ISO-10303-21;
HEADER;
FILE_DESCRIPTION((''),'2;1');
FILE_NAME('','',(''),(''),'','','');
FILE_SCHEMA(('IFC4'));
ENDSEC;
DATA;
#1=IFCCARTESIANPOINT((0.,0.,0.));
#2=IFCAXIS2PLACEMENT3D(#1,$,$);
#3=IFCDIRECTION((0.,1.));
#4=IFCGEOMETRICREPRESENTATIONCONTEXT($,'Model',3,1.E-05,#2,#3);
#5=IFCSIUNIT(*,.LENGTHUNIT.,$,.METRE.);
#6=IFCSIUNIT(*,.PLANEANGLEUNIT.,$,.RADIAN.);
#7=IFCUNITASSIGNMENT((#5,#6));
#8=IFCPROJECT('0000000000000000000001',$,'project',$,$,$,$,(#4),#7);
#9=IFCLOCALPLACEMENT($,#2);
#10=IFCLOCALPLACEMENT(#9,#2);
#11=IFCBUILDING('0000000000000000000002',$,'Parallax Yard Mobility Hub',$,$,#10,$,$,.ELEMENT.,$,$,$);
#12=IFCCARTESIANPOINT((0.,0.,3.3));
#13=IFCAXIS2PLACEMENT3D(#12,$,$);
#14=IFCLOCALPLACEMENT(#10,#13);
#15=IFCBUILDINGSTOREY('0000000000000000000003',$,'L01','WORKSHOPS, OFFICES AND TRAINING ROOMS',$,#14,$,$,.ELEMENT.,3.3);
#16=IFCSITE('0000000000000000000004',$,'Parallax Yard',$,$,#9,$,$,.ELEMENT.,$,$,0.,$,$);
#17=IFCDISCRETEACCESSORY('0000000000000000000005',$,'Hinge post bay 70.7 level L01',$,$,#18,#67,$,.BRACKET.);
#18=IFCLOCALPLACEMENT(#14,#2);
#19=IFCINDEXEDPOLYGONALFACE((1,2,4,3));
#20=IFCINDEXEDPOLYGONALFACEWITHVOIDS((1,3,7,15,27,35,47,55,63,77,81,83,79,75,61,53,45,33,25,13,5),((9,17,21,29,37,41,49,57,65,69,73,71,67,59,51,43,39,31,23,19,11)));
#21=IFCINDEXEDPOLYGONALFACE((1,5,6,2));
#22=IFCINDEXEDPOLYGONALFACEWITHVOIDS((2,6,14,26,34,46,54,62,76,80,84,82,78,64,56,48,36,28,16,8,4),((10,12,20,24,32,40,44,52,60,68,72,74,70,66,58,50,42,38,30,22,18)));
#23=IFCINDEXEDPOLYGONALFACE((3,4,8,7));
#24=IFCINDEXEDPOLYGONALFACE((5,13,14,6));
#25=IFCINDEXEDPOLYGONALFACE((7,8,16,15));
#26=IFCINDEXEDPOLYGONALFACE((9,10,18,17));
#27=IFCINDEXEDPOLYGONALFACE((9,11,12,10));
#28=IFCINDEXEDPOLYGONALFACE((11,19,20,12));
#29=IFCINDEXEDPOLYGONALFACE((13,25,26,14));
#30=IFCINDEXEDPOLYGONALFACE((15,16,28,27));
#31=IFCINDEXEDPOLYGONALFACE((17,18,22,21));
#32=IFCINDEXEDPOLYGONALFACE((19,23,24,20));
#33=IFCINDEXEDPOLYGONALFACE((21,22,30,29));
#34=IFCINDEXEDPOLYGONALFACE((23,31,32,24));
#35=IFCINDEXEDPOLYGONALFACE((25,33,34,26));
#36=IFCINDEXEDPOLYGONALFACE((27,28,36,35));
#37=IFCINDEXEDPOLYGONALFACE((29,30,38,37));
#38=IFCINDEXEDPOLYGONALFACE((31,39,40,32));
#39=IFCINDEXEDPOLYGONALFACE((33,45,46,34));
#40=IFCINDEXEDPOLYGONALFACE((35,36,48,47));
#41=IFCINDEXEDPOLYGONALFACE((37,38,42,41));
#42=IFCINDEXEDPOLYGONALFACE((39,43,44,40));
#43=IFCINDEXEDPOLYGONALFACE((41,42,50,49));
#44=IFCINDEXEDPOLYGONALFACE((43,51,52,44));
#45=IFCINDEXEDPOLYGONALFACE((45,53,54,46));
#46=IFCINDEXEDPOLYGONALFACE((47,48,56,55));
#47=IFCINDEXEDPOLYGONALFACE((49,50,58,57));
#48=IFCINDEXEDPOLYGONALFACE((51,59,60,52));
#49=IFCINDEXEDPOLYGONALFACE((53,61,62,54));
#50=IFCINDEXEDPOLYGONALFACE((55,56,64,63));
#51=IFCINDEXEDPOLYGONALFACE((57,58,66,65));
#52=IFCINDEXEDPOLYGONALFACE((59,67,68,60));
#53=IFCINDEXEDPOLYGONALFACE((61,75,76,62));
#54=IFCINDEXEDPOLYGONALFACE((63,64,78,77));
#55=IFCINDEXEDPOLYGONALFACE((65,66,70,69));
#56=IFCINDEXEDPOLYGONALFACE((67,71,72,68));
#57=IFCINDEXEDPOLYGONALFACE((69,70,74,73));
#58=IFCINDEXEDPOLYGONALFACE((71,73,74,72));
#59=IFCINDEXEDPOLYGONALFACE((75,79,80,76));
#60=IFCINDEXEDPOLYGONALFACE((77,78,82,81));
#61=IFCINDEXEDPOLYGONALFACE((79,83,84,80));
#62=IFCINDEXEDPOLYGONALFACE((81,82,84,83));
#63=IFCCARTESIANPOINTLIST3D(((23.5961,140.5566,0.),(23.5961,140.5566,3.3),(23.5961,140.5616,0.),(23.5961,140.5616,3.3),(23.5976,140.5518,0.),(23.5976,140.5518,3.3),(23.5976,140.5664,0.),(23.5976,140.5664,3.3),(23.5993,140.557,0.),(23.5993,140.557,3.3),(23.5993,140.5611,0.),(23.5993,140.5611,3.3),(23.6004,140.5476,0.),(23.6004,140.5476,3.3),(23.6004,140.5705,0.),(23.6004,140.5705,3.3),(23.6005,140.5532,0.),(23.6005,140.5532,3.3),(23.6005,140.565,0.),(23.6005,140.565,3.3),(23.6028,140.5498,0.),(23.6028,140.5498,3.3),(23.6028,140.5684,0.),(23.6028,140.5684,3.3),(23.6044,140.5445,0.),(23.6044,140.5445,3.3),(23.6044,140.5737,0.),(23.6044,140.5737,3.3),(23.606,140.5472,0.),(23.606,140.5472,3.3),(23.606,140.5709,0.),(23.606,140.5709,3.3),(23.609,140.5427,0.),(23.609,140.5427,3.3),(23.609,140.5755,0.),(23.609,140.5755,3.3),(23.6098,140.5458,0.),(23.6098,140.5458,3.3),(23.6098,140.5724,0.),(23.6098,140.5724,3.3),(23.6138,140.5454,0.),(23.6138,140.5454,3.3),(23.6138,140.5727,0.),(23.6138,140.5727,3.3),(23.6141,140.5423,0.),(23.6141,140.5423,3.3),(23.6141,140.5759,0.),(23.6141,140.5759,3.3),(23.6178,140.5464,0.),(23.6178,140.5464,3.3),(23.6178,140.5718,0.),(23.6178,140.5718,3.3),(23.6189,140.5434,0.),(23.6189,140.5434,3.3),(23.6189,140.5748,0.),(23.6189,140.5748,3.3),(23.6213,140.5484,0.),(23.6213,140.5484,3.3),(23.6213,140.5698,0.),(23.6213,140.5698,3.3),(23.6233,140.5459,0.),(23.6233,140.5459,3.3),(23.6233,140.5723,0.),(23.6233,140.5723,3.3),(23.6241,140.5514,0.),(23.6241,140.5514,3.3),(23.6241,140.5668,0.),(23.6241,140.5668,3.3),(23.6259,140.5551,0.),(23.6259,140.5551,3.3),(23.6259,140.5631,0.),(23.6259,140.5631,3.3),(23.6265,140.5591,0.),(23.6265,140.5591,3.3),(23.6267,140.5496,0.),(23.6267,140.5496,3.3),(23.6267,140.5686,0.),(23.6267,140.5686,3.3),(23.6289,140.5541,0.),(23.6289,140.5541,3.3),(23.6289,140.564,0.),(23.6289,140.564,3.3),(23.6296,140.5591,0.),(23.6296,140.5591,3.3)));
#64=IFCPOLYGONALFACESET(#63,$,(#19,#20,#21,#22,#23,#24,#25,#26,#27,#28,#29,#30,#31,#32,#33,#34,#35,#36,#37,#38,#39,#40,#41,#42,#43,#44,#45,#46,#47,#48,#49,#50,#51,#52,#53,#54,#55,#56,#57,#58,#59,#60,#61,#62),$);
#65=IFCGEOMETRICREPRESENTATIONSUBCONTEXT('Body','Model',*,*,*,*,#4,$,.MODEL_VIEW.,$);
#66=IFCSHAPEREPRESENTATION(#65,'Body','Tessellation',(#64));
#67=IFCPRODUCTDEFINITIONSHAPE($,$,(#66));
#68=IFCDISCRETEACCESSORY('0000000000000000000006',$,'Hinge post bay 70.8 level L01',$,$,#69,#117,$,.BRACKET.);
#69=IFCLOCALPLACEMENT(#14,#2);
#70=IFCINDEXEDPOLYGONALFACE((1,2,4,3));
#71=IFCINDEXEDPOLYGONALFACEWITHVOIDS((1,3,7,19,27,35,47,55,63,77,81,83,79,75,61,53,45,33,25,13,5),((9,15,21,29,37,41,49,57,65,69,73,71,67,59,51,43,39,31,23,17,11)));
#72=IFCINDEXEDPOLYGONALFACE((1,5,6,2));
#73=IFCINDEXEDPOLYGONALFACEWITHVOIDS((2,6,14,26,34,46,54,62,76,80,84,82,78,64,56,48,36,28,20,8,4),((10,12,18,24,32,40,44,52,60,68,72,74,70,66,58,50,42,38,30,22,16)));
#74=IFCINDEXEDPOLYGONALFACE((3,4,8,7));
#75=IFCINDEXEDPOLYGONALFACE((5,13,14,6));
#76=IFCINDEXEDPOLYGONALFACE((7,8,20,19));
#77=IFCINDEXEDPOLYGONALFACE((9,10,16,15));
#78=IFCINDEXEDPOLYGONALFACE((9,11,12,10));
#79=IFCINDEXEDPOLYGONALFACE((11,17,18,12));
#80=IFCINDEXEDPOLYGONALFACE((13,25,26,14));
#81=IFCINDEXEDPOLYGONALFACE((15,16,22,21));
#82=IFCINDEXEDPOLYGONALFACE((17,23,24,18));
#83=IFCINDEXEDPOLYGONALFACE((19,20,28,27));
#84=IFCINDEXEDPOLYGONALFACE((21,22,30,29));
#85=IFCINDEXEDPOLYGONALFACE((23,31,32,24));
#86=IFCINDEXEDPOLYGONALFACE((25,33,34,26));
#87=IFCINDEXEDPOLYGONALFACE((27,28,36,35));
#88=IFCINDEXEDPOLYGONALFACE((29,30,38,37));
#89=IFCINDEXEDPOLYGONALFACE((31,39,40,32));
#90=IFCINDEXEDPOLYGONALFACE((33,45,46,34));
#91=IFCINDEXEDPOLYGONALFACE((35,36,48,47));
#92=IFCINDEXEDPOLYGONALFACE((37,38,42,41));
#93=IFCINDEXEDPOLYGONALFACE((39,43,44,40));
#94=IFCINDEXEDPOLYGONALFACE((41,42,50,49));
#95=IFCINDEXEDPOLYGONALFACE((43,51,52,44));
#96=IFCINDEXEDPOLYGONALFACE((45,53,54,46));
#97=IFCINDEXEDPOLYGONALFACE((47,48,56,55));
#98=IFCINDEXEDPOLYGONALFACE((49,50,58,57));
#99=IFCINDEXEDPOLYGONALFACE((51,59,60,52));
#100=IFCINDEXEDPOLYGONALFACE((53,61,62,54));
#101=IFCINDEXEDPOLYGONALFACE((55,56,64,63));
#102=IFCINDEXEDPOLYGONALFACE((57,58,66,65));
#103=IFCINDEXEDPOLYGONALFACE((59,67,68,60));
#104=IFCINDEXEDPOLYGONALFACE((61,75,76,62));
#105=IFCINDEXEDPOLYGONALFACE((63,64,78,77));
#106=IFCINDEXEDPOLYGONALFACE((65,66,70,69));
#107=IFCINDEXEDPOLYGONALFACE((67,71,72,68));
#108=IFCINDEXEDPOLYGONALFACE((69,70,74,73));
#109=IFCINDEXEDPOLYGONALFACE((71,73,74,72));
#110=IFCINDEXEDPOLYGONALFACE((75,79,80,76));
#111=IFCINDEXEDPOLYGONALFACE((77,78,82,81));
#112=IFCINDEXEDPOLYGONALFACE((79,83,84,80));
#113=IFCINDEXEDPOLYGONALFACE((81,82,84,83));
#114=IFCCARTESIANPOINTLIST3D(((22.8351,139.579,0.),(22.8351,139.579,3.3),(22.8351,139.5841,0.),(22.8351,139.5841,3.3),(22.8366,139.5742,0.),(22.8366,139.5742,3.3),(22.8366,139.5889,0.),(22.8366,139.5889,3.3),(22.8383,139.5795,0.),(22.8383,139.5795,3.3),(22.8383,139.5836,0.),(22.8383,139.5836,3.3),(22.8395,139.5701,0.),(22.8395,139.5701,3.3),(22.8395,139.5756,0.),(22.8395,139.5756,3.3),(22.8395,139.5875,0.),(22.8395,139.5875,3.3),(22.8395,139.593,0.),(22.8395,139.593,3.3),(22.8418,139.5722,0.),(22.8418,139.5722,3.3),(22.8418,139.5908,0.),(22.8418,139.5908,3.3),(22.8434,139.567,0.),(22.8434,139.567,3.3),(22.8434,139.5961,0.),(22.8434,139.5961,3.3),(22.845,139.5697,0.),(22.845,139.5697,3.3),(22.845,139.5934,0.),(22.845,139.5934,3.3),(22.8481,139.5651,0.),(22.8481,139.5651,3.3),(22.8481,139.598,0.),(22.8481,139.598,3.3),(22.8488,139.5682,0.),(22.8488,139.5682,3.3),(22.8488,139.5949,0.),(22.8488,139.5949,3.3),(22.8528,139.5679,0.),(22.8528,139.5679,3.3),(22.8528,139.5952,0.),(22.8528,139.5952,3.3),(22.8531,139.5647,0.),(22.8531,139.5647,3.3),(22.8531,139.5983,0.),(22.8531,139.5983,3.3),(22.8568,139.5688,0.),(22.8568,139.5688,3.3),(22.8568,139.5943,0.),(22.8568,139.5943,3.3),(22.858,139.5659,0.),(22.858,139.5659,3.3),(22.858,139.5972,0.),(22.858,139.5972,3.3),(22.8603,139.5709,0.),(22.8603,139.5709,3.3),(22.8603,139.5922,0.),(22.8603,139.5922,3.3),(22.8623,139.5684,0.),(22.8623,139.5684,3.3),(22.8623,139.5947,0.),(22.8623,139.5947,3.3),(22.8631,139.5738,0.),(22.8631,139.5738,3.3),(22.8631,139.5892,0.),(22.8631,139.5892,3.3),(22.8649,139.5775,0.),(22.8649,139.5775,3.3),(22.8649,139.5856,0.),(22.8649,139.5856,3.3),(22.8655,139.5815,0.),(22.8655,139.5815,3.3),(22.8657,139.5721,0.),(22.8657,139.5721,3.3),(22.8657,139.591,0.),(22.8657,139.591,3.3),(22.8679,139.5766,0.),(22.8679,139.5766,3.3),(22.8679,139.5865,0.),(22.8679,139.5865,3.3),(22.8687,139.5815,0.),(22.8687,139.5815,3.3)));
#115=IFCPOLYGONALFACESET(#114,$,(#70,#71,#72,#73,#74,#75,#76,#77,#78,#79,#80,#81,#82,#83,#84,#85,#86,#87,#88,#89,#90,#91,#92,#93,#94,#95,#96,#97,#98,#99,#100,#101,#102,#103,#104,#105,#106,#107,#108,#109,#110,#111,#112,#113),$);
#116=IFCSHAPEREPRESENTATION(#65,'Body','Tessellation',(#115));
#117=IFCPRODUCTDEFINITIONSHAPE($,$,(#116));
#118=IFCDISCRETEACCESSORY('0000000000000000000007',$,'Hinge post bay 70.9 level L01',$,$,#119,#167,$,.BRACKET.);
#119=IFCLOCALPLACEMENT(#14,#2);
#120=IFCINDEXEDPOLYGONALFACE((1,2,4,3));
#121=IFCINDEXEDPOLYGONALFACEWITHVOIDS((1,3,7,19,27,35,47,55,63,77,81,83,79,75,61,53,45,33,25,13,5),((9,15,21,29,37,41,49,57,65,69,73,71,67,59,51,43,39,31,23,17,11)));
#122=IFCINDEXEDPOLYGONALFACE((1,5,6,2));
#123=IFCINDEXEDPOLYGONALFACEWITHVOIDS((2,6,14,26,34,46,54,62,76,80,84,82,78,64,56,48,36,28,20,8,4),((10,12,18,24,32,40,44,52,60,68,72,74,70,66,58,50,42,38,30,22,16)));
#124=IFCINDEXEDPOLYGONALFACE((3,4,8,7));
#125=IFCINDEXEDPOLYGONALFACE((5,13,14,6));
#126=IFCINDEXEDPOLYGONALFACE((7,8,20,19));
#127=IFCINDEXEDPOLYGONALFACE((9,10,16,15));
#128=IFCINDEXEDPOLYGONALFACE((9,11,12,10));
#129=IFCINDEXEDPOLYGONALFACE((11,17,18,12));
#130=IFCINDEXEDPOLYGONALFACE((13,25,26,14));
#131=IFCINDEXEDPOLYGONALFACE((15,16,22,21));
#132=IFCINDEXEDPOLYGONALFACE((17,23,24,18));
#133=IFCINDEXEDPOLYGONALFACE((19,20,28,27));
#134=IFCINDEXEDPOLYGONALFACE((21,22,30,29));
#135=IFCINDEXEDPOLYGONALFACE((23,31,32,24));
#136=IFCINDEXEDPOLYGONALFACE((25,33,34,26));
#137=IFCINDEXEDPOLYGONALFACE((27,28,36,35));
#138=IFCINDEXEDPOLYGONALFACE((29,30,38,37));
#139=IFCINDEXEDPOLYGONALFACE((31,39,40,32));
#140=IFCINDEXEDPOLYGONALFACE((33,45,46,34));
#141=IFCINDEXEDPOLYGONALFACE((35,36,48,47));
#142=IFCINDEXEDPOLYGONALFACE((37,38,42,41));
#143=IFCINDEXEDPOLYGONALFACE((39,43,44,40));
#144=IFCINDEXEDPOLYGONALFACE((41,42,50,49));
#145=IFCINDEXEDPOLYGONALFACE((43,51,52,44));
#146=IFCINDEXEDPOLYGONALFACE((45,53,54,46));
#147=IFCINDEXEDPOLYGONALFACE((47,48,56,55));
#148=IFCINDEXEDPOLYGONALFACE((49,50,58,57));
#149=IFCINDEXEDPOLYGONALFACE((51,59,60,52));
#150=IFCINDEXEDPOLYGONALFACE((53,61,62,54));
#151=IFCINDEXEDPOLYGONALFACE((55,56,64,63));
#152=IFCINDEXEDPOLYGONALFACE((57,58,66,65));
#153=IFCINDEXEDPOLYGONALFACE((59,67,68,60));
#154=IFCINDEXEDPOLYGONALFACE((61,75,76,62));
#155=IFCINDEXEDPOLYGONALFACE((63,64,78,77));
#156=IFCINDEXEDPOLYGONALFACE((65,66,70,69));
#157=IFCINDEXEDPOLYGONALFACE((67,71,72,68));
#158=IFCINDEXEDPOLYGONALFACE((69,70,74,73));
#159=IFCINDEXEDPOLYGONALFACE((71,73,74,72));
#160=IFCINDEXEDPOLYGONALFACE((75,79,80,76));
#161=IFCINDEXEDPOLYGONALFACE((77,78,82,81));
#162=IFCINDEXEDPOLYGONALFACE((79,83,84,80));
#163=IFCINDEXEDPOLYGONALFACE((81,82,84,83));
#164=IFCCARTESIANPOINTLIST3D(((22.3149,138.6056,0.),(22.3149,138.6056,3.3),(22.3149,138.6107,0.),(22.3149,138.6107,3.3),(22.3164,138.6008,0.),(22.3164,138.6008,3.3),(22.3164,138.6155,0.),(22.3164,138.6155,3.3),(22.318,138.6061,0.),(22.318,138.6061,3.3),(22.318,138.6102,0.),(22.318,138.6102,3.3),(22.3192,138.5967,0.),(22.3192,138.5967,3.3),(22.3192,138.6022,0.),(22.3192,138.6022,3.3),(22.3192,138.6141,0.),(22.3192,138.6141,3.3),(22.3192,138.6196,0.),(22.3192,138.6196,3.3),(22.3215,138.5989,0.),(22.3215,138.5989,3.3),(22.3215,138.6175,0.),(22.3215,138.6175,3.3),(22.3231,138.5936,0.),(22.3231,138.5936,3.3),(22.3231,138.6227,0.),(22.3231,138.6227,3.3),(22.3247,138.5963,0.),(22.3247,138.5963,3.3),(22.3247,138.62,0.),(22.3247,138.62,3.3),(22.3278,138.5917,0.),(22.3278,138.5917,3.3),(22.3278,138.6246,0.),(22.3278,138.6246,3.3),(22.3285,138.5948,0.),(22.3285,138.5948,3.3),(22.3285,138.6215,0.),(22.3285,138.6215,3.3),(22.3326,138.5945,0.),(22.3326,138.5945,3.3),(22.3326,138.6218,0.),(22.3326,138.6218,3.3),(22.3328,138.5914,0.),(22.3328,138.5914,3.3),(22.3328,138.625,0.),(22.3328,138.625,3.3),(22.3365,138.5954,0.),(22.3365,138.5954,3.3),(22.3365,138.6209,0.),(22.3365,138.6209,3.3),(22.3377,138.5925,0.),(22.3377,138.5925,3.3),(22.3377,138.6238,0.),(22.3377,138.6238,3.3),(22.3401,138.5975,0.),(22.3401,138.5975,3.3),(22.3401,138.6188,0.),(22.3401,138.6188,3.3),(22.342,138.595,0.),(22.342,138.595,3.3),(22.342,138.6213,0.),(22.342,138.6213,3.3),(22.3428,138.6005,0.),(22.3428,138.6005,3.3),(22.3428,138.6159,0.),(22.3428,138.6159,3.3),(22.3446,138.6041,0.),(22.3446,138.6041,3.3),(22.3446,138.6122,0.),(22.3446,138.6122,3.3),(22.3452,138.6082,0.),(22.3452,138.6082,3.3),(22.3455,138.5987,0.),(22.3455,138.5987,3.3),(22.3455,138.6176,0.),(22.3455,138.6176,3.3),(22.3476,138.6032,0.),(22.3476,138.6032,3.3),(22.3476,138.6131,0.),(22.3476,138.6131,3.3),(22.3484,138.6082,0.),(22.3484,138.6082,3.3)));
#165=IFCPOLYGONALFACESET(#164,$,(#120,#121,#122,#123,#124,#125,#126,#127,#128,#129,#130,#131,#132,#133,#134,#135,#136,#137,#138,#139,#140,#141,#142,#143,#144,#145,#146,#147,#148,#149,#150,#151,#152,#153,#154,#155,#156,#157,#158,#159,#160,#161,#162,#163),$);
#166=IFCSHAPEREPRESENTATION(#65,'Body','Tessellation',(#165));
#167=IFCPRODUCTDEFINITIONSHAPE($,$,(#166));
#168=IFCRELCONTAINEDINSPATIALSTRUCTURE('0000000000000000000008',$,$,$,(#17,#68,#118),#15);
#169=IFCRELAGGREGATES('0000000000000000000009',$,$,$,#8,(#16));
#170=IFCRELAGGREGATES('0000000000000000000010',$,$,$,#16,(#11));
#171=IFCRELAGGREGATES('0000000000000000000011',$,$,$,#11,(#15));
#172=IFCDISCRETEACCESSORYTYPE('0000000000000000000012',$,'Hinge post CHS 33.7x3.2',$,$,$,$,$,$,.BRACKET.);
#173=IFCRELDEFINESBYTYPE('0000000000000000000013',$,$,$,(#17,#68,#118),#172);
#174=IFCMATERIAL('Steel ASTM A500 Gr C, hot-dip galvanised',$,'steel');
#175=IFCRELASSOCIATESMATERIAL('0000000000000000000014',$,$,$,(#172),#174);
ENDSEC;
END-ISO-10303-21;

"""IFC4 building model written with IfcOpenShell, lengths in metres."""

from ifc_helpers import new_model, si_unit, direction, frame, origin, origin_2d, place, context, subcontext, project, spatial, hollow_circle, extrude, material, material_profile, profile_set, type_object, element, save


model = new_model("IFC4")

# Units and contexts
model_context = context("Model", 3, precision=1e-05, world=origin(), true_north=direction((0.0, 1.0)))
body_context = subcontext(model_context, "Body", "Model", "MODEL_VIEW")
ifc_project = project(units=[si_unit("LENGTHUNIT", "METRE"), si_unit("PLANEANGLEUNIT", "RADIAN")], contexts=[model_context])

# Site, building, storey
site_placement = place(None, origin())
site = spatial("IfcSite", under=ifc_project, at=site_placement, Name="Parallax Yard", CompositionType="ELEMENT", RefElevation=0.0)
building_placement = place(site_placement, origin())
building = spatial("IfcBuilding", under=site, at=building_placement, Name="Parallax Yard Mobility Hub", CompositionType="ELEMENT")
storey_placement = place(building_placement, frame((0.0, 0.0, 3.3)))
storey = spatial("IfcBuildingStorey", under=building, at=storey_placement, Name="L01", Description="WORKSHOPS, OFFICES AND TRAINING ROOMS", CompositionType="ELEMENT", Elevation=3.3)

# Discrete accessories
ifc_material_1 = material(Name="Steel ASTM A500 Gr C, hot-dip galvanised", Category="steel")
ifc_material_profile_1 = material_profile(ifc_material_1, hollow_circle(Radius=0.0168, WallThickness=0.0032, at=origin_2d()), Name="CHS 33.7x3.2")
ifc_profile_set_1 = profile_set([ifc_material_profile_1], Name="Steel ASTM A500 Gr C, hot-dip galvanised")
discrete_accessory_type_1 = type_object("IfcDiscreteAccessoryType", Name="Hinge post CHS 33.7x3.2", PredefinedType="BRACKET", material=ifc_profile_set_1)
for number, where, z_axis, x_axis, name in (
    (1, (23.6128, 140.5591, 0.0), (0.0, 0.0, 1.0), (1.0, 0.0, 0.0), "Hinge post bay 70.7 level L01"),
    (2, (22.8518, 139.5815, 0.0), (0.0, 0.0, 1.0), (1.0, 0.0, 0.0), "Hinge post bay 70.8 level L01"),
    (3, (22.3315, 138.6082, 0.0), (0.0, 0.0, 1.0), (1.0, 0.0, 0.0), "Hinge post bay 70.9 level L01"),
):
    element("IfcDiscreteAccessory", number, at=place(storey_placement, frame(where, z_axis=z_axis, x_axis=x_axis)), inside=storey, type_object=discrete_accessory_type_1, Name=name, PredefinedType="BRACKET", context=body_context, shape_type="SweptSolid", body=[
        extrude(hollow_circle(Radius=0.0168, WallThickness=0.0032, at=origin_2d()), origin(), (0.0, 0.0, 1.0), 3.3),
    ])

save(model, "model.ifc")
